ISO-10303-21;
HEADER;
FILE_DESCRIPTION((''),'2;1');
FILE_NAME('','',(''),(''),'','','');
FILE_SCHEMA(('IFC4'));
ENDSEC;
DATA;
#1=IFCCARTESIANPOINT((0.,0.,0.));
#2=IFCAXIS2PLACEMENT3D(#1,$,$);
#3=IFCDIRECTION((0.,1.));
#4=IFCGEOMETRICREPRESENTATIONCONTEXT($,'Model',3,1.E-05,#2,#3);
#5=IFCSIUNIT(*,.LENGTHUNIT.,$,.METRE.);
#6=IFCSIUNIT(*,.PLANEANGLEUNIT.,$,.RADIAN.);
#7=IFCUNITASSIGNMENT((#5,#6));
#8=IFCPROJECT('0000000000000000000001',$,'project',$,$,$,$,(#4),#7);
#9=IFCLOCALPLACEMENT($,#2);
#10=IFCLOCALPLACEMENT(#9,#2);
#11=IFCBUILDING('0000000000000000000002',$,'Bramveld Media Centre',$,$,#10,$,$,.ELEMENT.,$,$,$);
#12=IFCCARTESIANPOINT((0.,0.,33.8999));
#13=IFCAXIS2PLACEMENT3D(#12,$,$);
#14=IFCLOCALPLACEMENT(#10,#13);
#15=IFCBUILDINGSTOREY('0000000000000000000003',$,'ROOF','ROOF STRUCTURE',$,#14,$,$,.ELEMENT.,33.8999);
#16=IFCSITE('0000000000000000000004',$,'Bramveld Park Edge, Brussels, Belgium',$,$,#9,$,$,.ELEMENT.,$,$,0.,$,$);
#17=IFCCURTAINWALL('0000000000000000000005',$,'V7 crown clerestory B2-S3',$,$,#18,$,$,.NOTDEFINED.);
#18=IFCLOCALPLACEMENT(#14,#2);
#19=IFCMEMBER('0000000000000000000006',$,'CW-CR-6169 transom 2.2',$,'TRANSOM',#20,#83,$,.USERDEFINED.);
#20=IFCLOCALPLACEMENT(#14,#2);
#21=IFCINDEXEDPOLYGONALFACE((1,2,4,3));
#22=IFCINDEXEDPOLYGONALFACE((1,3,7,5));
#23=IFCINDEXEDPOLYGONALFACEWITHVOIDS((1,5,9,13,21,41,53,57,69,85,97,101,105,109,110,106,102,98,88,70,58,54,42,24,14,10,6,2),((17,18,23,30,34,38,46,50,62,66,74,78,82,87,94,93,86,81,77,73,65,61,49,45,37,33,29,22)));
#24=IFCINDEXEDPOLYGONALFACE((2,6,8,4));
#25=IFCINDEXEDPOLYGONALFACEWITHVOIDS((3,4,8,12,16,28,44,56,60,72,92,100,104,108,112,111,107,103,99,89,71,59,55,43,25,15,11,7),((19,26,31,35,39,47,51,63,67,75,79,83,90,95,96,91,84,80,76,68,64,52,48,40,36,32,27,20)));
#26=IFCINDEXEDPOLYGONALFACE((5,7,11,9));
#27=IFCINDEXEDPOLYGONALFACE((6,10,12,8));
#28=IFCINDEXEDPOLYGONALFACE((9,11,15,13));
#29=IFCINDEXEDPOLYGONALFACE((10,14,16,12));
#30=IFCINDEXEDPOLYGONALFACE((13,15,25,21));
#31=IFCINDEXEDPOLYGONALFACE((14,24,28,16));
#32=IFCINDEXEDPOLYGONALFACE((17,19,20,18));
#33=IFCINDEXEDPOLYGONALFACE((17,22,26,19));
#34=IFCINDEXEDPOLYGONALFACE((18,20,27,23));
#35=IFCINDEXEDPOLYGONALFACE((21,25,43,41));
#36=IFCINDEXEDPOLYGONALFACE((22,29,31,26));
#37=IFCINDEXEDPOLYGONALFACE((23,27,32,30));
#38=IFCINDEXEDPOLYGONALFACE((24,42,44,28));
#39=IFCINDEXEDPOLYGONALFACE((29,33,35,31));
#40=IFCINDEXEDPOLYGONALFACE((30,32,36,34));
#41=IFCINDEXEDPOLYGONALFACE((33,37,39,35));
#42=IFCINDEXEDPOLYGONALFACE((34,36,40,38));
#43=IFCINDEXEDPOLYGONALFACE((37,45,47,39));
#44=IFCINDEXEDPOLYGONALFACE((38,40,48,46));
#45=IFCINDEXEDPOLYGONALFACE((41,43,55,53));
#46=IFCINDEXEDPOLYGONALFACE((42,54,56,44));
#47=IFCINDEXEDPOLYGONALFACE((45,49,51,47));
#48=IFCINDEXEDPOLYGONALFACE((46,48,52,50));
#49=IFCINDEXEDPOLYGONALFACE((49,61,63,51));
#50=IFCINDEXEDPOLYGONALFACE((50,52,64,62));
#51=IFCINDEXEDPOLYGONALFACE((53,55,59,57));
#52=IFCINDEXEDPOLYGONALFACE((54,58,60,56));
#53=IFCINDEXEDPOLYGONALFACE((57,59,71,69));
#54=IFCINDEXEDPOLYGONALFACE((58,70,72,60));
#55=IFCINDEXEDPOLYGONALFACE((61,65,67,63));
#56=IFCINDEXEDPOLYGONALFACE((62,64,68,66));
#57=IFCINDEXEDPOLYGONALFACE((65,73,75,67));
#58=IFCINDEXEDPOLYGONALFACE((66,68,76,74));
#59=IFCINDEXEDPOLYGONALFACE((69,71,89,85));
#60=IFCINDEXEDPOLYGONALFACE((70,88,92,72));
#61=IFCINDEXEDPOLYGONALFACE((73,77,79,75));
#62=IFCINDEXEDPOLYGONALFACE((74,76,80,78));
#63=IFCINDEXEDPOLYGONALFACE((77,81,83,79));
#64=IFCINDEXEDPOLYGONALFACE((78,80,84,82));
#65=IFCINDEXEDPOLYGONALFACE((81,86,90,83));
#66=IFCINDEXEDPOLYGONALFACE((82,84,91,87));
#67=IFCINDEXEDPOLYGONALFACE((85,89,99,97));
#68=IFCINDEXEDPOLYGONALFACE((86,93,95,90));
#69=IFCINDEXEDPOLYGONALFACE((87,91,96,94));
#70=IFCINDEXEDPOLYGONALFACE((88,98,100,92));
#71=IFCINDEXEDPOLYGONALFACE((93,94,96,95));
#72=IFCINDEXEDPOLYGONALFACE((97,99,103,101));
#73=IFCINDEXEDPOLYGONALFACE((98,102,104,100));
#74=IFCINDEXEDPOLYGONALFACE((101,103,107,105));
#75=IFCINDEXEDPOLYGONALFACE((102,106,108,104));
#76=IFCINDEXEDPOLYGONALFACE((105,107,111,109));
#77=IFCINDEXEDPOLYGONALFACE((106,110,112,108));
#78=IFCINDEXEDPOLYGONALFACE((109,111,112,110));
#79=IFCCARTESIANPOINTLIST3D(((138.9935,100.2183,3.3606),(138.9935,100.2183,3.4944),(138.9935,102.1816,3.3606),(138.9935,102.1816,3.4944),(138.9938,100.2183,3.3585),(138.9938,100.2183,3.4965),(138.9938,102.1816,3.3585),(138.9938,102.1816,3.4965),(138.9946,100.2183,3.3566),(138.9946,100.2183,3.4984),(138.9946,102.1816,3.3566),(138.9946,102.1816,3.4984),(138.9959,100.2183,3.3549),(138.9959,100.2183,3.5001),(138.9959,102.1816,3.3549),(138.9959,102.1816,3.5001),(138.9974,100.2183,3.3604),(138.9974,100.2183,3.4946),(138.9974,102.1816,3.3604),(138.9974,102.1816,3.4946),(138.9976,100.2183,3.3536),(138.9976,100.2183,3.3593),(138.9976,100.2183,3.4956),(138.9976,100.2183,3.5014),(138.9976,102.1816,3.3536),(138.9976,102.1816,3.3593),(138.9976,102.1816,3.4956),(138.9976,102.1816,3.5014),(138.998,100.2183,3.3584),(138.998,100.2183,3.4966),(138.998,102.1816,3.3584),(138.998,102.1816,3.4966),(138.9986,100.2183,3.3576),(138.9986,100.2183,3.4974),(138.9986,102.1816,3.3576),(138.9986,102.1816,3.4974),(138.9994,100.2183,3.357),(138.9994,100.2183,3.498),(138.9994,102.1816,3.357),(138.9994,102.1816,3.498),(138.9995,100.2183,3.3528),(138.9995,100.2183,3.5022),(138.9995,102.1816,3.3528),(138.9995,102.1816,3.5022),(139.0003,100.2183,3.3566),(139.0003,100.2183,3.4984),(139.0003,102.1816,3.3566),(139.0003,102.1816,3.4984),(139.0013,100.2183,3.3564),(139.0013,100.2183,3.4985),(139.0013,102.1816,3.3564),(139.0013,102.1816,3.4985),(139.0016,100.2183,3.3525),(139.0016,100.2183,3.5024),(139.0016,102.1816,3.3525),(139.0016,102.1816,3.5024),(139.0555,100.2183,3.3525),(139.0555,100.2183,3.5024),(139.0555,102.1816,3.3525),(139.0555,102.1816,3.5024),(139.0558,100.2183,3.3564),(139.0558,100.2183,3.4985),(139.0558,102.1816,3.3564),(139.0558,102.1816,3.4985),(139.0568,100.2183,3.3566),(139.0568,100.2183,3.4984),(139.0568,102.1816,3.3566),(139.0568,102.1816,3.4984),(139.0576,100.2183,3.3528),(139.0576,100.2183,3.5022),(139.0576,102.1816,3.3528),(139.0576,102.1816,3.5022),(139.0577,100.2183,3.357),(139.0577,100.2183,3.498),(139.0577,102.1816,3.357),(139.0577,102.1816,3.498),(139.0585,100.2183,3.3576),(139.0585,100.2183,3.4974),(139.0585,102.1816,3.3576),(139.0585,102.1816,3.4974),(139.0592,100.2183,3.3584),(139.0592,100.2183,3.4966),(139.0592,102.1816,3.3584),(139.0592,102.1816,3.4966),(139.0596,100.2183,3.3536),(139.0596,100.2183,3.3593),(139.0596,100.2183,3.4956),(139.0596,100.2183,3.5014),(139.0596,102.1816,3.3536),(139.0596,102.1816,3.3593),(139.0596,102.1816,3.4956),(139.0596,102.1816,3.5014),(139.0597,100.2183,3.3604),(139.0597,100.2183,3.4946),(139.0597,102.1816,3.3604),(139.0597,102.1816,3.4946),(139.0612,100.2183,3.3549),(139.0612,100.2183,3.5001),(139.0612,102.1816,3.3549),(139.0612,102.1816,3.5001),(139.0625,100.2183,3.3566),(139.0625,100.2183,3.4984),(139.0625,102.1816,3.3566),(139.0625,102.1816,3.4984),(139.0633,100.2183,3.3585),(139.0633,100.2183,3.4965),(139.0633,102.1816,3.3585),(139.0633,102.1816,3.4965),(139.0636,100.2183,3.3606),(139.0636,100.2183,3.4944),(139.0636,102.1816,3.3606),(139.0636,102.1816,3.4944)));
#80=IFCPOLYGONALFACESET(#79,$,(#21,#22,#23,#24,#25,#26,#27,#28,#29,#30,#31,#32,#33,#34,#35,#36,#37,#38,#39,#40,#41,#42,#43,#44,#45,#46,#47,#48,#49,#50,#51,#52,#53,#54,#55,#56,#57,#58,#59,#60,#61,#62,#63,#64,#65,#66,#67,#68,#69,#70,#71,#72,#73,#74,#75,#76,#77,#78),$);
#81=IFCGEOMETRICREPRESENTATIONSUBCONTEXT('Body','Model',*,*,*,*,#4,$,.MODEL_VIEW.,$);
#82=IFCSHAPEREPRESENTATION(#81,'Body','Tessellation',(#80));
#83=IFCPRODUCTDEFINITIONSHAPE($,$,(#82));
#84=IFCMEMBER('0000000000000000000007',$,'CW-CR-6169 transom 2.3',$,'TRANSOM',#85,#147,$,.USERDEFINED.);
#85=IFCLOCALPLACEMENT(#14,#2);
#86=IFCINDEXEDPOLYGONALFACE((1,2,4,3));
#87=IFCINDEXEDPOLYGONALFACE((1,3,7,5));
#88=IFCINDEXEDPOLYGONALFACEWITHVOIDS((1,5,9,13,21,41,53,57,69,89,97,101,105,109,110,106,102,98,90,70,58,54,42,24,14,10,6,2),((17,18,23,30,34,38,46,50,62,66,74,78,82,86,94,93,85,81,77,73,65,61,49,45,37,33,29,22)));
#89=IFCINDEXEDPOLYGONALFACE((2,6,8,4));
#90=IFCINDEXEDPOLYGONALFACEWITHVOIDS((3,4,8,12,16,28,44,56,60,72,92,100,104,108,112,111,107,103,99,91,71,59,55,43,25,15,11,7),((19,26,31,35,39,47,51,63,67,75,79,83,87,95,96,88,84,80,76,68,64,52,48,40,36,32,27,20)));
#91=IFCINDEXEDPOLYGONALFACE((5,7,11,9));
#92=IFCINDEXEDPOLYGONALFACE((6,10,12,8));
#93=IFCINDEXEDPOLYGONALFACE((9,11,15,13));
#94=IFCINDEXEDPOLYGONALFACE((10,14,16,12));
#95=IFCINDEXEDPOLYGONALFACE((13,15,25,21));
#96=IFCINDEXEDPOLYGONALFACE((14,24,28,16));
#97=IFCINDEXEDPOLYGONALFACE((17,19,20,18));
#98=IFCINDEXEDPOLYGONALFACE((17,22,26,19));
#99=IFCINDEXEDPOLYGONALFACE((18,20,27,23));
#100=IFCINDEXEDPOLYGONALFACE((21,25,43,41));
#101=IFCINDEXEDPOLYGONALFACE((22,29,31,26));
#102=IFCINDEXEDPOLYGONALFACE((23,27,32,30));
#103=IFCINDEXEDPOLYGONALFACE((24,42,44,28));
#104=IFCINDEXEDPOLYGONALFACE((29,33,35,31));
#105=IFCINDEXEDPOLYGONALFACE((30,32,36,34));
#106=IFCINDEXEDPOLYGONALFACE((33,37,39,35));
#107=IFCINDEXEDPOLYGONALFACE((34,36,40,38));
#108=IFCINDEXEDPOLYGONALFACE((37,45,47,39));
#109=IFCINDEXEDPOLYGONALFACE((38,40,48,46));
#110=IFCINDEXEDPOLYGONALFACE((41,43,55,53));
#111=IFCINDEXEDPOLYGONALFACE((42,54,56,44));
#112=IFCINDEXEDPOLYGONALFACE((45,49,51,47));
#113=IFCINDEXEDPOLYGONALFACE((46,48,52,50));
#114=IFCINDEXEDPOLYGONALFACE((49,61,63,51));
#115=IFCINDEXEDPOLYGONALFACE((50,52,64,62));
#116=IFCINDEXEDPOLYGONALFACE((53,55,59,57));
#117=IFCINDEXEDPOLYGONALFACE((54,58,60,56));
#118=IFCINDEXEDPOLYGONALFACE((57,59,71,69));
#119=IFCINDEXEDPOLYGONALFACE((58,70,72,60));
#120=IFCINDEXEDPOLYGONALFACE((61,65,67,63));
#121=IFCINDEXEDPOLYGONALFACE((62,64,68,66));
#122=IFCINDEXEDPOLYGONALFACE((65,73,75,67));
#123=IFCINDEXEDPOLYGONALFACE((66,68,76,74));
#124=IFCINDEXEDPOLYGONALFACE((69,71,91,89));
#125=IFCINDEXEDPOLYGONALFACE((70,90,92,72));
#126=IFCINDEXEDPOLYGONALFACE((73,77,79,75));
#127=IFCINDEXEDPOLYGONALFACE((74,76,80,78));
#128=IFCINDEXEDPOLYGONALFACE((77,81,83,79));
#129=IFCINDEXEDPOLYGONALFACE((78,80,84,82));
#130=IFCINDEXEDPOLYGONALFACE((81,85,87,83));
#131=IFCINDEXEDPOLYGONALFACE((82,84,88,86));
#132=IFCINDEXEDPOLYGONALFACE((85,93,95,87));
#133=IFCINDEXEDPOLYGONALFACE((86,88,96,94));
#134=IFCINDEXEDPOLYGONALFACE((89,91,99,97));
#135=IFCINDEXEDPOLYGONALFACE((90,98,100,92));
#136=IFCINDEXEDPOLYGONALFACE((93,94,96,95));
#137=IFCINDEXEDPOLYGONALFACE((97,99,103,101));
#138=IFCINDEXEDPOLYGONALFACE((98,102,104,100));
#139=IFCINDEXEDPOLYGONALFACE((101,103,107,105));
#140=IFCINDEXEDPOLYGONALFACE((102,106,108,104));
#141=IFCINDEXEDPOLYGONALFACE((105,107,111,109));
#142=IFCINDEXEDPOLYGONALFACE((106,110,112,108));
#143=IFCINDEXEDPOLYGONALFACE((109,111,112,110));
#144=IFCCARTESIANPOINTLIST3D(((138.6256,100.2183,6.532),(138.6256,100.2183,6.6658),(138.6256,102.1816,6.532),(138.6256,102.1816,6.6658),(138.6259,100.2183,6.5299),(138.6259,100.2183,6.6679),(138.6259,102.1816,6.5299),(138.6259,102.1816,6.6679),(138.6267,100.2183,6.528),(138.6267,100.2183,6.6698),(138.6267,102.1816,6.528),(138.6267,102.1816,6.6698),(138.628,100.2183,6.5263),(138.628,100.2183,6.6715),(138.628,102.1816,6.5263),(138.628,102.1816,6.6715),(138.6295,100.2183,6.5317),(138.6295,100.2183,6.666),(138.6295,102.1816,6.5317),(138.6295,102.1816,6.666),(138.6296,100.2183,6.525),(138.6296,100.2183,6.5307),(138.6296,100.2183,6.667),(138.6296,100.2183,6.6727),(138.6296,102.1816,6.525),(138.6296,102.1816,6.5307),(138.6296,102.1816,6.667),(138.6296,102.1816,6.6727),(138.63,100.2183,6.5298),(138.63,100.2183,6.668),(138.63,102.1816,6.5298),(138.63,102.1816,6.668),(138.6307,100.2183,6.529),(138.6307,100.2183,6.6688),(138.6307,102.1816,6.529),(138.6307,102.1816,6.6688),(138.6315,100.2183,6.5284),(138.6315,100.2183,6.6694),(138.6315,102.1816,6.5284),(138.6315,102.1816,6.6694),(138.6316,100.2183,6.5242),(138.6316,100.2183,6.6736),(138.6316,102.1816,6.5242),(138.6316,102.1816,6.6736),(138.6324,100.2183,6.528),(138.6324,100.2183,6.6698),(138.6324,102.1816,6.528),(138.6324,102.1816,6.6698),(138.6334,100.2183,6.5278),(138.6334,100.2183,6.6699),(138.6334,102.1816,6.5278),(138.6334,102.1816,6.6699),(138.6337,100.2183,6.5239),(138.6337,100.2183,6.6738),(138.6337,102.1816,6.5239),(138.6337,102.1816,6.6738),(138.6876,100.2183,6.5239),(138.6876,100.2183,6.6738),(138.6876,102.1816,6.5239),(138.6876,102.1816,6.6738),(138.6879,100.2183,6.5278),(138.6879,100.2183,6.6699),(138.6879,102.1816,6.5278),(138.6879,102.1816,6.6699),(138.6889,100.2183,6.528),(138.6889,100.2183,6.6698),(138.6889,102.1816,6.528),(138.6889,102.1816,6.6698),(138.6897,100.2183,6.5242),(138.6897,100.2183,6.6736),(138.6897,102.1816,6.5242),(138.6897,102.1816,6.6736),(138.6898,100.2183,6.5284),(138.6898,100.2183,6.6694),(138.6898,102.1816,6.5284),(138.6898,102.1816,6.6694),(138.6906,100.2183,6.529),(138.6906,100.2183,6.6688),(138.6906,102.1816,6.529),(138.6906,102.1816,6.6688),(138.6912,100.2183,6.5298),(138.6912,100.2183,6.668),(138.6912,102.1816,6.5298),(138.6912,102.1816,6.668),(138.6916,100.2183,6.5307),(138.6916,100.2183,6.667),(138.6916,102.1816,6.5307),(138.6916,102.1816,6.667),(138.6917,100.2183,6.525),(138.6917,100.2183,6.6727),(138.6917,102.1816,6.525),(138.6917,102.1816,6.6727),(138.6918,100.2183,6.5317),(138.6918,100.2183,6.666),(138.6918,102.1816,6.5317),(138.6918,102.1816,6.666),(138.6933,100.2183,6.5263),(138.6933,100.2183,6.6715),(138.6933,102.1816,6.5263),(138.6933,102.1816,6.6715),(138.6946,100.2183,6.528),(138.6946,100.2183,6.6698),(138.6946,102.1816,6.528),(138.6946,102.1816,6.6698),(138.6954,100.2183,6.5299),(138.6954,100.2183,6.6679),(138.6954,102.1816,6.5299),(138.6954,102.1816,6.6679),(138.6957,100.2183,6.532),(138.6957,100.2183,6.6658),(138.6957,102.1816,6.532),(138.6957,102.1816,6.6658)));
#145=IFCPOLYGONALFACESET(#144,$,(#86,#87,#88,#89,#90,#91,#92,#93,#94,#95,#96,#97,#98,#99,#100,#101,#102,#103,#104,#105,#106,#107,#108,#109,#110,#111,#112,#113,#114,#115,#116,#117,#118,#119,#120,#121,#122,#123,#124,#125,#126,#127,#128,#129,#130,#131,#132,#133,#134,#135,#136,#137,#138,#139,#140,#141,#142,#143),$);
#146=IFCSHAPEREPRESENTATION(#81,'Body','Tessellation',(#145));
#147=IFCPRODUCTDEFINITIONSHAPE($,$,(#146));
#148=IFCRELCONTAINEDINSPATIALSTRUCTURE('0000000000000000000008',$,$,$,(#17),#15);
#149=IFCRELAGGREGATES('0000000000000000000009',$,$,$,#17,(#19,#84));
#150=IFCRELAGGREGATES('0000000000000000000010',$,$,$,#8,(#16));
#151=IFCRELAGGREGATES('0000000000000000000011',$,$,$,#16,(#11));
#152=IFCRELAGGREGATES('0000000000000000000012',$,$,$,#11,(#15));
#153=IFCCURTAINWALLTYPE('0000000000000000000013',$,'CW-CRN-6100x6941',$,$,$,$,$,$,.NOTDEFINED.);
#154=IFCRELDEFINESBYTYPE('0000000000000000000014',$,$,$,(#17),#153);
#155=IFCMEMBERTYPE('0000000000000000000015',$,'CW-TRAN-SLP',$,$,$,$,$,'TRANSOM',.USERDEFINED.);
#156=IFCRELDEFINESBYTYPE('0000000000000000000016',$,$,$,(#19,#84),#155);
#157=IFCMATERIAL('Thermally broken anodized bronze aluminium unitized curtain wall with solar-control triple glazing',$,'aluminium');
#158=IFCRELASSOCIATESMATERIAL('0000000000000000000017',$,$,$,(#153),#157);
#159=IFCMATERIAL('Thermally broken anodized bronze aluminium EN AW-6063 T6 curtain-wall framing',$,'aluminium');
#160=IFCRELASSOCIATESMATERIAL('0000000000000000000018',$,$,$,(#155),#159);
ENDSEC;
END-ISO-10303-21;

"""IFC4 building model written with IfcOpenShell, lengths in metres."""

from ifc_helpers import new_model, si_unit, direction, frame, origin, origin_2d, place, context, subcontext, project, spatial, hollow_rectangle, extrude, material, material_profile, profile_set, type_object, element, aggregate, save


model = new_model("IFC4")

# Units and contexts
model_context = context("Model", 3, precision=1e-05, world=origin(), true_north=direction((0.0, 1.0)))
body_context = subcontext(model_context, "Body", "Model", "MODEL_VIEW")
ifc_project = project(units=[si_unit("LENGTHUNIT", "METRE"), si_unit("PLANEANGLEUNIT", "RADIAN")], contexts=[model_context])

# Site, building, storey
site_placement = place(None, origin())
site = spatial("IfcSite", under=ifc_project, at=site_placement, Name="Bramveld Park Edge, Brussels, Belgium", CompositionType="ELEMENT", RefElevation=0.0)
building_placement = place(site_placement, origin())
building = spatial("IfcBuilding", under=site, at=building_placement, Name="Bramveld Media Centre", CompositionType="ELEMENT")
storey_placement = place(building_placement, frame((0.0, 0.0, 33.8999)))
storey = spatial("IfcBuildingStorey", under=building, at=storey_placement, Name="ROOF", Description="ROOF STRUCTURE", CompositionType="ELEMENT", Elevation=33.8999)

# Curtain wall, members
ifc_material_1 = material(Name="Thermally broken anodized bronze aluminium unitized curtain wall with solar-control triple glazing", Category="aluminium")
curtain_wall_type = type_object("IfcCurtainWallType", Name="CW-CRN-6100x6941", PredefinedType="NOTDEFINED", material=ifc_material_1)
curtain_wall_placement = place(storey_placement, origin())
curtain_wall = element("IfcCurtainWall", 1, at=curtain_wall_placement, inside=storey, type_object=curtain_wall_type, Name="V7 crown clerestory B2-S3", PredefinedType="NOTDEFINED")
ifc_material_2 = material(Name="Thermally broken anodized bronze aluminium EN AW-6063 T6 curtain-wall framing", Category="aluminium")
ifc_material_profile_1 = material_profile(ifc_material_2, hollow_rectangle(XDim=0.0701, YDim=0.1499, WallThickness=0.0039, InnerFilletRadius=0.0039, OuterFilletRadius=0.0081, at=origin_2d()), Name="AL-TRAN 70x150")
ifc_profile_set_1 = profile_set([ifc_material_profile_1], Name="Thermally broken anodized bronze aluminium EN AW-6063 T6 curtain-wall framing")
member_type_1 = type_object("IfcMemberType", Name="CW-TRAN-SLP", ElementType="TRANSOM", PredefinedType="USERDEFINED", material=ifc_profile_set_1)
member_1_placement = place(storey_placement, frame((139.0286, 100.2183, 3.4275), z_axis=(0.0, 1.0, 0.0), x_axis=(-1.0, 0.0, 0.0)))
member_1 = element("IfcMember", 2, at=member_1_placement, type_object=member_type_1, Name="CW-CR-6169 transom 2.2", ObjectType="TRANSOM", PredefinedType="USERDEFINED", context=body_context, shape_type="SweptSolid", body=[
    extrude(hollow_rectangle(XDim=0.0701, YDim=0.1499, WallThickness=0.0039, InnerFilletRadius=0.0039, OuterFilletRadius=0.0081, at=origin_2d()), origin(), (0.0, 0.0, 1.0), 1.9634),
])
member_2_placement = place(storey_placement, frame((138.6606, 100.2183, 6.5989), z_axis=(0.0, 1.0, 0.0), x_axis=(-1.0, 0.0, 0.0)))
member_2 = element("IfcMember", 3, at=member_2_placement, type_object=member_type_1, Name="CW-CR-6169 transom 2.3", ObjectType="TRANSOM", PredefinedType="USERDEFINED", context=body_context, shape_type="SweptSolid", body=[
    extrude(hollow_rectangle(XDim=0.0701, YDim=0.1499, WallThickness=0.0039, InnerFilletRadius=0.0039, OuterFilletRadius=0.0081, at=origin_2d()), origin(), (0.0, 0.0, 1.0), 1.9634),
])

aggregate(curtain_wall, [member_1, member_2])

save(model, "model.ifc")
